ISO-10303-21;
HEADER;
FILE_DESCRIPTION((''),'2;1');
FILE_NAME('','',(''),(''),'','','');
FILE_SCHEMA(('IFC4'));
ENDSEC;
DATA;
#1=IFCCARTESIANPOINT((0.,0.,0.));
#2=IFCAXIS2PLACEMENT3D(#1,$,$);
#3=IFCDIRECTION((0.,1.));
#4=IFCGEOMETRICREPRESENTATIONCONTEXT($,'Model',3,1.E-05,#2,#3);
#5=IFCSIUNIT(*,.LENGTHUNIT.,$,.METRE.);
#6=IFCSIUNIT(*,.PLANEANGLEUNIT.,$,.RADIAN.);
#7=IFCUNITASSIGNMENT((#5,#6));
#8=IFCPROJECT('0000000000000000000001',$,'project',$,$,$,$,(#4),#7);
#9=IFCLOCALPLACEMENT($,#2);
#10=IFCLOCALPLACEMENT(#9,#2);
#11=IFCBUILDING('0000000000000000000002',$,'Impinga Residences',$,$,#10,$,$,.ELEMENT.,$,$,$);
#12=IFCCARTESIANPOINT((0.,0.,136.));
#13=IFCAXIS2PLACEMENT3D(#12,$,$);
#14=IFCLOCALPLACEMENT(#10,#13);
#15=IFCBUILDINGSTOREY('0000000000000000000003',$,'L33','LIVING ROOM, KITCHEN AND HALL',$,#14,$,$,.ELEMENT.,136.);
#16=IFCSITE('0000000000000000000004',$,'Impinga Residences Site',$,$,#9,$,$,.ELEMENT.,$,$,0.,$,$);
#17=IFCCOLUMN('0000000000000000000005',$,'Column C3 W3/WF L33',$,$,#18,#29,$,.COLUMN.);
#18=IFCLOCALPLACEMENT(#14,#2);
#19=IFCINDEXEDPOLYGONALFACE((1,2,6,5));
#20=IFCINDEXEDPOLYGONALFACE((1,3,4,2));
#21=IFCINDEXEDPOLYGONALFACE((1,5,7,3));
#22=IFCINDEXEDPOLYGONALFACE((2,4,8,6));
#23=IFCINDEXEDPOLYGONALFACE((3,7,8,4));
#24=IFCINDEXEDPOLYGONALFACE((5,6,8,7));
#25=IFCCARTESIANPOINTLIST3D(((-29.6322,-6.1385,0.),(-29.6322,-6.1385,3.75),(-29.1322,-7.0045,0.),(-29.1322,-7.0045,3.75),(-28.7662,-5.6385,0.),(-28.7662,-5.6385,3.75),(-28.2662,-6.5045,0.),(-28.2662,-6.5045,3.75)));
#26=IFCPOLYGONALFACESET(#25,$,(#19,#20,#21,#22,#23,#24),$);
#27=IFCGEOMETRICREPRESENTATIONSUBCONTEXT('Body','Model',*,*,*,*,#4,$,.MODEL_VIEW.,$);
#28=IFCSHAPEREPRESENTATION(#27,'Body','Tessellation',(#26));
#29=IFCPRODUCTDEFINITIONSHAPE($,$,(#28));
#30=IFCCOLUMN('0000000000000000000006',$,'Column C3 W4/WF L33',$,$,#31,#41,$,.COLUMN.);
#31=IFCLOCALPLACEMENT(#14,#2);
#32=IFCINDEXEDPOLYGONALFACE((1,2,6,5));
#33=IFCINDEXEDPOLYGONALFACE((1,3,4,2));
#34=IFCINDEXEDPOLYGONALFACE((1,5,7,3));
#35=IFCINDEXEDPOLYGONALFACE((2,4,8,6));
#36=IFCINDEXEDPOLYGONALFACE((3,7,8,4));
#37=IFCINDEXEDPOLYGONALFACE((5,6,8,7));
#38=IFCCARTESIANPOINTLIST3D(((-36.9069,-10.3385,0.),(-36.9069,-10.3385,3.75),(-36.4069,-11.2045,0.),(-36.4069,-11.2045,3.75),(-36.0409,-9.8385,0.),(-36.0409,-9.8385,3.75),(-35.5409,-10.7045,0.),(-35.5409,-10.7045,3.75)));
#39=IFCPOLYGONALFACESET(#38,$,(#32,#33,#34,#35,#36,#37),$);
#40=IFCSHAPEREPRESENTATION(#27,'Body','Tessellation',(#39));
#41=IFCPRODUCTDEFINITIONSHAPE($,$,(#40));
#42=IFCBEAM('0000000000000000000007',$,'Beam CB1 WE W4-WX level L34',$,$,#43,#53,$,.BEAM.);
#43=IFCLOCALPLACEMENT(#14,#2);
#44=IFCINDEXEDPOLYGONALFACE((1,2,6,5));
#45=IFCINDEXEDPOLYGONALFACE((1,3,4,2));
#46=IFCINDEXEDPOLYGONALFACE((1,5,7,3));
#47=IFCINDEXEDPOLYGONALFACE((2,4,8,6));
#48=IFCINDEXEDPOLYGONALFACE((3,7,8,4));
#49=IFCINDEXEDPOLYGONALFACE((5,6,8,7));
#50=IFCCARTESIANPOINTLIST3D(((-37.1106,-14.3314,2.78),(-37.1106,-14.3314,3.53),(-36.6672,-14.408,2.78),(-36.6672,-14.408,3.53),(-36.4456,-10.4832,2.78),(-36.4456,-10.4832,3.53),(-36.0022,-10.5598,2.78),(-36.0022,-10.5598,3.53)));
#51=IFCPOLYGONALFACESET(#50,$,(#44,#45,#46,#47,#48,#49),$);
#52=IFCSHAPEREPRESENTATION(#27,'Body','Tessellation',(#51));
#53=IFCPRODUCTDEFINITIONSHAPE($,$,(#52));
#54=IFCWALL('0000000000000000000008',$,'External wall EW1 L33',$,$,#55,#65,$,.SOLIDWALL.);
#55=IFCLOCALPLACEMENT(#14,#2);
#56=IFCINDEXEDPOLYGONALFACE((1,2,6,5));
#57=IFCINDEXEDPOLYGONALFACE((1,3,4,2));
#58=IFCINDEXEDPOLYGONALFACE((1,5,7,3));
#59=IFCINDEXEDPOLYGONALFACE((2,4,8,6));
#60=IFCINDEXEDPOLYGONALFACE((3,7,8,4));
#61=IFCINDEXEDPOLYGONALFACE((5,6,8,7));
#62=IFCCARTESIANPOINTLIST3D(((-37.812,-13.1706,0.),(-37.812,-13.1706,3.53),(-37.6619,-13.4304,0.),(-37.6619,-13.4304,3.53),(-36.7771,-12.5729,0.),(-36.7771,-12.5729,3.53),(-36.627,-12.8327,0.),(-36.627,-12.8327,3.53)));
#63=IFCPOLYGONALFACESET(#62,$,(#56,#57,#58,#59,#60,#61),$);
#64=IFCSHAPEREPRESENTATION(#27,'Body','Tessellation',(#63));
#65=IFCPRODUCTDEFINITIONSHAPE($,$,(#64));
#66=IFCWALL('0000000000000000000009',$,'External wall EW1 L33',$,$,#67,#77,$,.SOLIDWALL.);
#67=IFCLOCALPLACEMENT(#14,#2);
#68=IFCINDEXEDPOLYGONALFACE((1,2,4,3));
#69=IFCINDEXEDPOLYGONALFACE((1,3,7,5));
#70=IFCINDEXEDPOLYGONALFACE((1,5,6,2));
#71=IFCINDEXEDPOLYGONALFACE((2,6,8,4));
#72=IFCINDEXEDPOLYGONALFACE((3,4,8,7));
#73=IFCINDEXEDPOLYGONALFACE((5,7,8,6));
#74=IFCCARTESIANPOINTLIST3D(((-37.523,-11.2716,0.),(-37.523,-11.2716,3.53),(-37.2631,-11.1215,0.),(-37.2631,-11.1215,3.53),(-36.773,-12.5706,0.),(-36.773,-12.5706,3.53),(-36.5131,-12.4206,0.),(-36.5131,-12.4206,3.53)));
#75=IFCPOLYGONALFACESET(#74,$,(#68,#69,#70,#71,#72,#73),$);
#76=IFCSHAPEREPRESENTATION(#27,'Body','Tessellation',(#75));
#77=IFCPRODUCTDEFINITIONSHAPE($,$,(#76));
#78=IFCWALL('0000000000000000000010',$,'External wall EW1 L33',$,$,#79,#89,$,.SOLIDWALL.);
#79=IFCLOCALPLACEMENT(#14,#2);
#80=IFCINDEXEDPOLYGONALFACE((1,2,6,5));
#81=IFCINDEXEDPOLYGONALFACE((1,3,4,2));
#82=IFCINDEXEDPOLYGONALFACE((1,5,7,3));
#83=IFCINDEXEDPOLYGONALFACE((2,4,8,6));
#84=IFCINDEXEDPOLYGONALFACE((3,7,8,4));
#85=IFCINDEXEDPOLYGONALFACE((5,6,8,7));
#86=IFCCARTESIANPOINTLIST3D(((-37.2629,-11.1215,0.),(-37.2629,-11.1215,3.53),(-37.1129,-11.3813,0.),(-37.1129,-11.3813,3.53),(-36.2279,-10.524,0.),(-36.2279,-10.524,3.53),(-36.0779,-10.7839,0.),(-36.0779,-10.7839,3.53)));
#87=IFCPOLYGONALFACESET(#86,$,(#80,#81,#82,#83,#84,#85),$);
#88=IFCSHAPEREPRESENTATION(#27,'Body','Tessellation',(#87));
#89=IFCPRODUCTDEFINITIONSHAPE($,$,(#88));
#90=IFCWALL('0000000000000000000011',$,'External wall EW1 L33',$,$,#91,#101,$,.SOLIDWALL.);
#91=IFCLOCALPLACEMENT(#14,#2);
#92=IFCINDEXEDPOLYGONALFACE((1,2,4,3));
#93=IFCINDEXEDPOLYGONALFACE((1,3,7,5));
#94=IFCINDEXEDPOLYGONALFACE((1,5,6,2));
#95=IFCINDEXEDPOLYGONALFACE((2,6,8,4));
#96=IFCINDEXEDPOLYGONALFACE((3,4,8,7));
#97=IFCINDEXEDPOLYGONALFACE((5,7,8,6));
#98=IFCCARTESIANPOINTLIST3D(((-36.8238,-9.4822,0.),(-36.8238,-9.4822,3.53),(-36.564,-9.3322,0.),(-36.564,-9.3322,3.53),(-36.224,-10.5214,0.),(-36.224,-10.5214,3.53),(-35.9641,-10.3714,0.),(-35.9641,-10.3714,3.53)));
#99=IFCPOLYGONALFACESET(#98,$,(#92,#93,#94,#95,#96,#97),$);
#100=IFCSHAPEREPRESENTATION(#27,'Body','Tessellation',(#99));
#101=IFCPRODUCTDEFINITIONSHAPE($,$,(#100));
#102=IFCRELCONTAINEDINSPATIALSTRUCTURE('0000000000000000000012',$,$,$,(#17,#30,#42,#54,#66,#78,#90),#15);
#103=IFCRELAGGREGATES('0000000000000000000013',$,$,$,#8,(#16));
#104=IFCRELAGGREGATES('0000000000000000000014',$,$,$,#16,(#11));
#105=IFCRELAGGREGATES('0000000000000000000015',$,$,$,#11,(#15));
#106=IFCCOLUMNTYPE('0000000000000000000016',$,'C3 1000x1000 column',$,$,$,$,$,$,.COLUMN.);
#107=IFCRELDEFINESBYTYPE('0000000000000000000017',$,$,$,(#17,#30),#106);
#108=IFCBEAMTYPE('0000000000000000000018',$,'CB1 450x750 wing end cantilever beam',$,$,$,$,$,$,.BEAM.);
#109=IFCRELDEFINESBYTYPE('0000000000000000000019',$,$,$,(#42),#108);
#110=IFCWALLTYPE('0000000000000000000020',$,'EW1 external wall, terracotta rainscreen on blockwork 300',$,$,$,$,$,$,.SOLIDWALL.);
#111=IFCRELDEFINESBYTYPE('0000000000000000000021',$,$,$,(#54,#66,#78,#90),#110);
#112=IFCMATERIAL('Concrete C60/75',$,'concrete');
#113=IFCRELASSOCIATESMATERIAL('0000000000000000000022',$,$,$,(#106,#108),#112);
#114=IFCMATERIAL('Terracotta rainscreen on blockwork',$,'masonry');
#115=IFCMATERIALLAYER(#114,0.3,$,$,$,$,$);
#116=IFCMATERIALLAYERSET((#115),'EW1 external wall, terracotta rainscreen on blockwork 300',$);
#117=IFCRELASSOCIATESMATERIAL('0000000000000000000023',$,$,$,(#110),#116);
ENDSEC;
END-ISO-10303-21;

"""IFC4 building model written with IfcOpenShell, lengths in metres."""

from ifc_helpers import new_model, si_unit, direction, frame, frame_2d, origin, origin_2d, place, context, subcontext, project, spatial, rectangle, extrude, material, layer, layer_set, material_profile, profile_set, type_object, element, save


model = new_model("IFC4")

# Units and contexts
model_context = context("Model", 3, precision=1e-05, world=origin(), true_north=direction((0.0, 1.0)))
body_context = subcontext(model_context, "Body", "Model", "MODEL_VIEW")
ifc_project = project(units=[si_unit("LENGTHUNIT", "METRE"), si_unit("PLANEANGLEUNIT", "RADIAN")], contexts=[model_context])

# Site, building, storey
site_placement = place(None, origin())
site = spatial("IfcSite", under=ifc_project, at=site_placement, Name="Impinga Residences Site", CompositionType="ELEMENT", RefElevation=0.0)
building_placement = place(site_placement, origin())
building = spatial("IfcBuilding", under=site, at=building_placement, Name="Impinga Residences", CompositionType="ELEMENT")
storey_placement = place(building_placement, frame((0.0, 0.0, 136.0)))
storey = spatial("IfcBuildingStorey", under=building, at=storey_placement, Name="L33", Description="LIVING ROOM, KITCHEN AND HALL", CompositionType="ELEMENT", Elevation=136.0)

# Columns
ifc_material_1 = material(Name="Concrete C60/75", Category="concrete")
ifc_material_profile_1 = material_profile(ifc_material_1, rectangle(XDim=1.0, YDim=1.0, at=origin_2d()), Name="RC 1000x1000")
ifc_profile_set_1 = profile_set([ifc_material_profile_1], Name="Concrete C60/75")
column_type = type_object("IfcColumnType", Name="C3 1000x1000 column", PredefinedType="COLUMN", material=ifc_profile_set_1)
for number, where, z_axis, x_axis, name in (
    (1, (-28.9492, -6.3215, 0.0), (0.0, 0.0, 1.0), (-0.5, 0.866025, 0.0), "Column C3 W3/WF L33"),
    (2, (-36.2239, -10.5215, 0.0), (0.0, 0.0, 1.0), (-0.5, 0.866025, 0.0), "Column C3 W4/WF L33"),
):
    element("IfcColumn", number, at=place(storey_placement, frame(where, z_axis=z_axis, x_axis=x_axis)), inside=storey, type_object=column_type, Name=name, PredefinedType="COLUMN", context=body_context, shape_type="SweptSolid", body=[
        extrude(rectangle(XDim=1.0, YDim=1.0, at=origin_2d()), origin(), (0.0, 0.0, 1.0), 3.75),
    ])

# Beam
ifc_material_profile_2 = material_profile(ifc_material_1, rectangle(XDim=0.45, YDim=0.75, at=origin_2d()), Name="RC 450x750")
ifc_profile_set_2 = profile_set([ifc_material_profile_2], Name="Concrete C60/75")
beam_type = type_object("IfcBeamType", Name="CB1 450x750 wing end cantilever beam", PredefinedType="BEAM", material=ifc_profile_set_2)
beam_placement = place(storey_placement, frame((-36.2239, -10.5215, 3.155), z_axis=(-0.170296, -0.985393, 0.0), x_axis=(0.985393, -0.170296, 0.0)))
element("IfcBeam", 3, at=beam_placement, inside=storey, type_object=beam_type, Name="Beam CB1 WE W4-WX level L34", PredefinedType="BEAM", context=body_context, shape_type="SweptSolid", body=[
    extrude(rectangle(XDim=0.45, YDim=0.75, at=origin_2d()), origin(), (0.0, 0.0, 1.0), 3.9053),
])

# Walls
ifc_material_2 = material(Name="Terracotta rainscreen on blockwork", Category="masonry")
ifc_layer_1 = layer(ifc_material_2, 0.3)
ifc_layer_set_1 = layer_set([ifc_layer_1], Name="EW1 external wall, terracotta rainscreen on blockwork 300")
wall_type_1 = type_object("IfcWallType", Name="EW1 external wall, terracotta rainscreen on blockwork 300", PredefinedType="SOLIDWALL", material=ifc_layer_set_1)
wall_1_placement = place(storey_placement, frame((-37.7371, -13.3005, 0.0), z_axis=(0.0, 0.0, 1.0), x_axis=(0.865971, 0.500094, 0.0)))
element("IfcWall", 4, at=wall_1_placement, inside=storey, type_object=wall_type_1, Name="External wall EW1 L33", PredefinedType="SOLIDWALL", context=body_context, shape_type="SweptSolid", body=[
    extrude(rectangle(XDim=1.1951, YDim=0.3, at=frame_2d((0.5977, 0.0))), origin(), (0.0, 0.0, 1.0), 3.53),
])
wall_2_placement = place(storey_placement, frame((-36.6431, -12.4956, 0.0), z_axis=(0.0, 0.0, 1.0), x_axis=(-0.49999, 0.866031, 0.0)))
element("IfcWall", 5, at=wall_2_placement, inside=storey, type_object=wall_type_1, Name="External wall EW1 L33", PredefinedType="SOLIDWALL", context=body_context, shape_type="SweptSolid", body=[
    extrude(rectangle(XDim=1.5, YDim=0.3, at=frame_2d((0.75, 0.0))), origin(), (0.0, 0.0, 1.0), 3.53),
])
wall_3_placement = place(storey_placement, frame((-37.188, -11.2515, 0.0), z_axis=(0.0, 0.0, 1.0), x_axis=(0.86606, 0.499941, 0.0)))
element("IfcWall", 6, at=wall_3_placement, inside=storey, type_object=wall_type_1, Name="External wall EW1 L33", PredefinedType="SOLIDWALL", context=body_context, shape_type="SweptSolid", body=[
    extrude(rectangle(XDim=1.1951, YDim=0.3, at=frame_2d((0.5977, 0.0))), origin(), (0.0, 0.0, 1.0), 3.53),
])
wall_4_placement = place(storey_placement, frame((-36.094, -10.4465, 0.0), z_axis=(0.0, 0.0, 1.0), x_axis=(-0.499881, 0.866094, 0.0)))
element("IfcWall", 7, at=wall_4_placement, inside=storey, type_object=wall_type_1, Name="External wall EW1 L33", PredefinedType="SOLIDWALL", context=body_context, shape_type="SweptSolid", body=[
    extrude(rectangle(XDim=1.2, YDim=0.3, at=frame_2d((0.6001, 0.0))), origin(), (0.0, 0.0, 1.0), 3.53),
])

save(model, "model.ifc")
